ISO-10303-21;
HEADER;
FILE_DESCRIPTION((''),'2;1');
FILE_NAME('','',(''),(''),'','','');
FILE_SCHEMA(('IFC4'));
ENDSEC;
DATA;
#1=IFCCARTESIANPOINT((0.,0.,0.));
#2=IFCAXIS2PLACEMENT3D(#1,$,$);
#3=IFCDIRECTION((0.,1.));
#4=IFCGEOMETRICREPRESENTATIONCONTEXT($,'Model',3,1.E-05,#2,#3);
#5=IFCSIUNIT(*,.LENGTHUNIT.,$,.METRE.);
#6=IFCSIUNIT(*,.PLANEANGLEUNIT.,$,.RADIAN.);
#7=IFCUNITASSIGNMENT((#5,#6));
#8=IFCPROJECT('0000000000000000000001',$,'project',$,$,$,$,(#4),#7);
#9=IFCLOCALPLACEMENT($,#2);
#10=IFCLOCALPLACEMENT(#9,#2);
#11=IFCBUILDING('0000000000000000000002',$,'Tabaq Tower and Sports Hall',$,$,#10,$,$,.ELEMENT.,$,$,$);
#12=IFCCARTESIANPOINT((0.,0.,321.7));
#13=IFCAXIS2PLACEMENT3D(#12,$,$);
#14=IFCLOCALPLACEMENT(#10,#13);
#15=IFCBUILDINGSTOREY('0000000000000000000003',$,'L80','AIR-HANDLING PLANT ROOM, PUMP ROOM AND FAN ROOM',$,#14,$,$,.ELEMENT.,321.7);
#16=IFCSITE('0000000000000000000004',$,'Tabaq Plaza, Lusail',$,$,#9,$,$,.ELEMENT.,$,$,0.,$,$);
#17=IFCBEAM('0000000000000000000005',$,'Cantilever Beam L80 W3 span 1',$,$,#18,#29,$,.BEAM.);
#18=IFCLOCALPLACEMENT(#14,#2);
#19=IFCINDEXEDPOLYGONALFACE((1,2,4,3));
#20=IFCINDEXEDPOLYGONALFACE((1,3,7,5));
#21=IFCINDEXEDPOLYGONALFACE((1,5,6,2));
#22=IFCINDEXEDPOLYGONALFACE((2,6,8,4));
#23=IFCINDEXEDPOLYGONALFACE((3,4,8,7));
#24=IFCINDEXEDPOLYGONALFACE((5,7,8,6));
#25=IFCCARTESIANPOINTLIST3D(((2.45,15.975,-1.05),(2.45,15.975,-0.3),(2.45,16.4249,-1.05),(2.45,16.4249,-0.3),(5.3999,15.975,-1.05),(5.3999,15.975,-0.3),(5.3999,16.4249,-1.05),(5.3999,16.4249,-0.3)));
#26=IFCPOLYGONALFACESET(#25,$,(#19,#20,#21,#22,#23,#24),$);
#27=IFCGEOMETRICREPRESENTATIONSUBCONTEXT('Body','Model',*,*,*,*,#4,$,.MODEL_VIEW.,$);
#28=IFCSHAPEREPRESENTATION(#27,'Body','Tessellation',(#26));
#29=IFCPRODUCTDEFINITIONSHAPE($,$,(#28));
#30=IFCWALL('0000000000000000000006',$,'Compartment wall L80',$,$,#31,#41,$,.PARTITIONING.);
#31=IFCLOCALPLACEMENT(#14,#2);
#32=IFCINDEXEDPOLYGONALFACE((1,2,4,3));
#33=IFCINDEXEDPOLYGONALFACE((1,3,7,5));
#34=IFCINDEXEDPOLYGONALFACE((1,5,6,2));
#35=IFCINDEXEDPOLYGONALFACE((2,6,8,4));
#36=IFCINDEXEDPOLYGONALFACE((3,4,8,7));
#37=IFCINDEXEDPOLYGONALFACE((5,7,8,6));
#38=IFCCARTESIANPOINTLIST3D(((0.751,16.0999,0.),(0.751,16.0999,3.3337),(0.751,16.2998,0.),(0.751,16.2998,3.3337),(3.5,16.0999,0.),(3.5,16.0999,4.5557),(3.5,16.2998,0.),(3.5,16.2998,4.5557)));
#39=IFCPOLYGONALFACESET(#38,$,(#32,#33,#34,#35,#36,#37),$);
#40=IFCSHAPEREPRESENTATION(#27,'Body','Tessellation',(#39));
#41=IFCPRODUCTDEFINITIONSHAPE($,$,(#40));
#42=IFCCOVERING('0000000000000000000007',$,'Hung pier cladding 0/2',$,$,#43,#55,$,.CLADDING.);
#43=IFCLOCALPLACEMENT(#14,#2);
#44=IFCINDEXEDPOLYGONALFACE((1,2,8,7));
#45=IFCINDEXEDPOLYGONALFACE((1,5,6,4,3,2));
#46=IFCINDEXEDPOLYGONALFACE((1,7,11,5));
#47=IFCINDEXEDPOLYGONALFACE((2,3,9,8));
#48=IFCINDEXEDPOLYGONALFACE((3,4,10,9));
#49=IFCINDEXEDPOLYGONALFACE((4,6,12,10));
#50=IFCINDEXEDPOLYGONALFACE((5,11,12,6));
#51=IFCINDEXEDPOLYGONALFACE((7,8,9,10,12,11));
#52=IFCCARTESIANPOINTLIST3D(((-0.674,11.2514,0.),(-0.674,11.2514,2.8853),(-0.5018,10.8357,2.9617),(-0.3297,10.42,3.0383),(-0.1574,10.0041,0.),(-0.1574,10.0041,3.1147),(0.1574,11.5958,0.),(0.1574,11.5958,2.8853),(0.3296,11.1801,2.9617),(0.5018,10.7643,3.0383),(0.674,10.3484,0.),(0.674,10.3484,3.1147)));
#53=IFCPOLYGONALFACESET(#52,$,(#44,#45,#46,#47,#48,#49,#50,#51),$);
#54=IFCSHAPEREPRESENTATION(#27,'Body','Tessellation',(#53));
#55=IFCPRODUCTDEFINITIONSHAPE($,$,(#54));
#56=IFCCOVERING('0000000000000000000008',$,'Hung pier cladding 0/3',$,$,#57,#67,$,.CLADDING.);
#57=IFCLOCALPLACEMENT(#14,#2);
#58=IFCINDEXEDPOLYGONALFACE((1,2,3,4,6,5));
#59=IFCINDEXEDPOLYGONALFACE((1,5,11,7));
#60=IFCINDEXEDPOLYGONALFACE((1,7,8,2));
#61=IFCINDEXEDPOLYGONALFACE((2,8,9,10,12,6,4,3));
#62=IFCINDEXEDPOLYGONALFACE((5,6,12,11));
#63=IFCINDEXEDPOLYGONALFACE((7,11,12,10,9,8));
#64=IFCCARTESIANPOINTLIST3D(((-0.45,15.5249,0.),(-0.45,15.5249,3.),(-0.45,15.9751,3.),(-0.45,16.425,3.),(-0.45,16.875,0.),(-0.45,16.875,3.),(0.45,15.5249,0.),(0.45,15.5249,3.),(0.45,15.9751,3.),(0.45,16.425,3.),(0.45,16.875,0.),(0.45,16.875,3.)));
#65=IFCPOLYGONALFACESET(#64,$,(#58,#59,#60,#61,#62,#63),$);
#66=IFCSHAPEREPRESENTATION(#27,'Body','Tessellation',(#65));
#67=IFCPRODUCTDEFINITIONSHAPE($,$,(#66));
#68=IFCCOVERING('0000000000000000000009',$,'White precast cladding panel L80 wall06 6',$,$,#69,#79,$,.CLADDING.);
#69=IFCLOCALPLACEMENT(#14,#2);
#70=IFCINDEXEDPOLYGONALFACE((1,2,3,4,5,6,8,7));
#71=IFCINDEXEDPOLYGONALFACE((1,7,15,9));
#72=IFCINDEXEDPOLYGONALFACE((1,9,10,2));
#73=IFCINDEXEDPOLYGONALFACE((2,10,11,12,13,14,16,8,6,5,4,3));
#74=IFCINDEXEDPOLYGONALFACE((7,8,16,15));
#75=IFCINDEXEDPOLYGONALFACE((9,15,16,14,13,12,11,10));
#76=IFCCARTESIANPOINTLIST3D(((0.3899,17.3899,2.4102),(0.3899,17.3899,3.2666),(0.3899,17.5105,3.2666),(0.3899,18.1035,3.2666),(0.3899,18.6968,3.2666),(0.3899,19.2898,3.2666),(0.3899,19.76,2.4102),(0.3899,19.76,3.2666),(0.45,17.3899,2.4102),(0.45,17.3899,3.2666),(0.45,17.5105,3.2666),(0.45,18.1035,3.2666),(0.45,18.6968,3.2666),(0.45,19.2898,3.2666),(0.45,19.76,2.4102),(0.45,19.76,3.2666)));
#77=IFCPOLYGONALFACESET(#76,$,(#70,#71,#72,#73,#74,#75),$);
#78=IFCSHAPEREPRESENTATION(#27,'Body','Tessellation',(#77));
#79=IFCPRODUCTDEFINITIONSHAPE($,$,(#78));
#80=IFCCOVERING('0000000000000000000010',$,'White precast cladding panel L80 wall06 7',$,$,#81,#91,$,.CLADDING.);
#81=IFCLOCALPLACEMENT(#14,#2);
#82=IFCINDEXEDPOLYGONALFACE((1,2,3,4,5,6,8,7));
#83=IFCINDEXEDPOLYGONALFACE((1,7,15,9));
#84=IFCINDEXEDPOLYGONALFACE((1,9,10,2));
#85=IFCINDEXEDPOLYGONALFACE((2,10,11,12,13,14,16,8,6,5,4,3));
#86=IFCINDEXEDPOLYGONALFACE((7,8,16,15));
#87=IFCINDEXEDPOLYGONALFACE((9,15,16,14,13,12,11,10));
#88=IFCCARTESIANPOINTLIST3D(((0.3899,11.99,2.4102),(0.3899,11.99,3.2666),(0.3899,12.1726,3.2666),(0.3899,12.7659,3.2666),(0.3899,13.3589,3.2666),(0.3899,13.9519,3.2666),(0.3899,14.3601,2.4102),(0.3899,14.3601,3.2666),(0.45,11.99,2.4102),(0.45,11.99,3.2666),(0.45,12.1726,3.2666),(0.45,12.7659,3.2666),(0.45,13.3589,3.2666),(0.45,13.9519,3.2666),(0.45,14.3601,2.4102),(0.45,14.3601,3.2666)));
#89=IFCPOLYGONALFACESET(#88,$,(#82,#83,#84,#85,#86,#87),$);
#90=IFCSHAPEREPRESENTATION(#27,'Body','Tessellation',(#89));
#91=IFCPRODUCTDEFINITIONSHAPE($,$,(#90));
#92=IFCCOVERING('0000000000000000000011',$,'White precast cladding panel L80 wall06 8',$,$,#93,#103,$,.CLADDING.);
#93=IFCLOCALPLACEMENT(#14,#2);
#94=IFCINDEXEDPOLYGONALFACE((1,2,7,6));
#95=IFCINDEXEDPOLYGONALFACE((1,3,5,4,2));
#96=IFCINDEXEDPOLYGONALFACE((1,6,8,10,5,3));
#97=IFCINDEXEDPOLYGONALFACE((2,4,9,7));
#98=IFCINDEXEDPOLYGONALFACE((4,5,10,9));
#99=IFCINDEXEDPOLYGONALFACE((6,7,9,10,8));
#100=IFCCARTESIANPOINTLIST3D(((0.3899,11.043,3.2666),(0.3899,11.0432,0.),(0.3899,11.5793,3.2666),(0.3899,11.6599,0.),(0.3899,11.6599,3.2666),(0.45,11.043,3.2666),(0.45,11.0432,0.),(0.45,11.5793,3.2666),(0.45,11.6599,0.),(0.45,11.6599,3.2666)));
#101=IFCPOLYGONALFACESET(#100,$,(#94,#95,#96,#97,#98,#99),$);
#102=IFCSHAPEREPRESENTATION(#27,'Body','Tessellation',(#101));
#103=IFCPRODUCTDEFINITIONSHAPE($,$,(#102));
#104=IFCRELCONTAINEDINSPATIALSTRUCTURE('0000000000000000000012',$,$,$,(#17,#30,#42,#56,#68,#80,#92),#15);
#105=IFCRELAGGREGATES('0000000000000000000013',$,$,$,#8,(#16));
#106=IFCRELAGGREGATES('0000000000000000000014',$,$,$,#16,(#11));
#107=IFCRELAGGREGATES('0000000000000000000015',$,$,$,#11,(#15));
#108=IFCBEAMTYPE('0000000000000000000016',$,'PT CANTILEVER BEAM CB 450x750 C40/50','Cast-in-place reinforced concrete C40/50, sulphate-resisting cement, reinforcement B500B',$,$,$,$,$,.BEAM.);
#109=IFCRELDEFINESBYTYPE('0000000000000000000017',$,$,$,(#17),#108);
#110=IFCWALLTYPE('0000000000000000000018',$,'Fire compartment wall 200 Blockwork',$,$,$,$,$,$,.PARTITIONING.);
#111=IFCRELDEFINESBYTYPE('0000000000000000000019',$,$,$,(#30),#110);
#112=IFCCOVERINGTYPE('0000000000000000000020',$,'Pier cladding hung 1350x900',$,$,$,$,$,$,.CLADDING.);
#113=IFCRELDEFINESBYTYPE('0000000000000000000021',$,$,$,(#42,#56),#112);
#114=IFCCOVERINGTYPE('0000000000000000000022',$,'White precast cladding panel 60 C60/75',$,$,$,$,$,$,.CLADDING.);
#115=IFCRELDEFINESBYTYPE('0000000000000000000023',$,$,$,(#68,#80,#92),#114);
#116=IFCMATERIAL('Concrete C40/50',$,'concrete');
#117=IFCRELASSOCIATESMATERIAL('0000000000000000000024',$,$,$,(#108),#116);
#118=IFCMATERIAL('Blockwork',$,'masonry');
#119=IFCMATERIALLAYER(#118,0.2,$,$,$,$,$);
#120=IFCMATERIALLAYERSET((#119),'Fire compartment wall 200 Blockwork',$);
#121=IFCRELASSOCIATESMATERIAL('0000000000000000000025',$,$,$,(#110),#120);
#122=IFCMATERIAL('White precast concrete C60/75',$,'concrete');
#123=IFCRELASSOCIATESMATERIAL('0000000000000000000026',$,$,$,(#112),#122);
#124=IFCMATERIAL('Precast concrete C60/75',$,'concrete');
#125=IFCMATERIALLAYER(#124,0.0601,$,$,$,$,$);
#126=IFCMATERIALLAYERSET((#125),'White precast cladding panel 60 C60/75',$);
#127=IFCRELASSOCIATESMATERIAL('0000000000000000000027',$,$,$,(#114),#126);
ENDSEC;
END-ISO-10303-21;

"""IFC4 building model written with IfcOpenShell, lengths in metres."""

from ifc_helpers import new_model, si_unit, direction, frame, origin, origin_2d, place, context, subcontext, project, spatial, polyline, rectangle, outline, extrude, material, layer, layer_set, material_profile, profile_set, type_object, element, save


model = new_model("IFC4")

# Units and contexts
model_context = context("Model", 3, precision=1e-05, world=origin(), true_north=direction((0.0, 1.0)))
body_context = subcontext(model_context, "Body", "Model", "MODEL_VIEW")
ifc_project = project(units=[si_unit("LENGTHUNIT", "METRE"), si_unit("PLANEANGLEUNIT", "RADIAN")], contexts=[model_context])

# Site, building, storey
site_placement = place(None, origin())
site = spatial("IfcSite", under=ifc_project, at=site_placement, Name="Tabaq Plaza, Lusail", CompositionType="ELEMENT", RefElevation=0.0)
building_placement = place(site_placement, origin())
building = spatial("IfcBuilding", under=site, at=building_placement, Name="Tabaq Tower and Sports Hall", CompositionType="ELEMENT")
storey_placement = place(building_placement, frame((0.0, 0.0, 321.7)))
storey = spatial("IfcBuildingStorey", under=building, at=storey_placement, Name="L80", Description="AIR-HANDLING PLANT ROOM, PUMP ROOM AND FAN ROOM", CompositionType="ELEMENT", Elevation=321.7)

# Beam
ifc_material_1 = material(Name="Concrete C40/50", Category="concrete")
ifc_material_profile = material_profile(ifc_material_1, rectangle(XDim=0.45, YDim=0.75, at=origin_2d()), Name="CB 450x750")
ifc_profile_set = profile_set([ifc_material_profile], Name="Concrete C40/50")
beam_type = type_object("IfcBeamType", Name="PT CANTILEVER BEAM CB 450x750 C40/50", Description="Cast-in-place reinforced concrete C40/50, sulphate-resisting cement, reinforcement B500B", PredefinedType="BEAM", material=ifc_profile_set)
beam_placement = place(storey_placement, frame((2.45, 16.2, -0.675), z_axis=(1.0, 0.0, 0.0), x_axis=(0.0, 1.0, 0.0)))
element("IfcBeam", 1, at=beam_placement, inside=storey, type_object=beam_type, Name="Cantilever Beam L80 W3 span 1", PredefinedType="BEAM", context=body_context, shape_type="SweptSolid", body=[
    extrude(rectangle(XDim=0.45, YDim=0.75, at=origin_2d()), origin(), (0.0, 0.0, 1.0), 2.95),
])

# Wall
ifc_material_2 = material(Name="Blockwork", Category="masonry")
ifc_layer_1 = layer(ifc_material_2, 0.2)
ifc_layer_set_1 = layer_set([ifc_layer_1], Name="Fire compartment wall 200 Blockwork")
wall_type = type_object("IfcWallType", Name="Fire compartment wall 200 Blockwork", PredefinedType="PARTITIONING", material=ifc_layer_set_1)
wall_placement = place(storey_placement, frame((3.5, 16.2, 0.0), z_axis=(0.0, 0.0, 1.0), x_axis=(-1.0, 0.0, 0.0)))
element("IfcWall", 2, at=wall_placement, inside=storey, type_object=wall_type, Name="Compartment wall L80", PredefinedType="PARTITIONING", context=body_context, shape_type="SweptSolid", body=[
    extrude(outline(polyline([(0.0, 0.0), (2.749, 0.0), (2.749, 3.3337), (0.0, 4.5557), (0.0, 0.0)])), frame((0.0, 0.1001, 0.0), z_axis=(0.0, -1.0, 0.0), x_axis=(1.0, 0.0, 0.0)), (0.0, 0.0, 1.0), 0.2),
])

# Coverings
ifc_material_3 = material(Name="White precast concrete C60/75", Category="concrete")
covering_type_1 = type_object("IfcCoveringType", Name="Pier cladding hung 1350x900", PredefinedType="CLADDING", material=ifc_material_3)
covering_1_placement = place(storey_placement, frame((-0.2583, 11.4236, 0.0), z_axis=(0.0, 0.0, 1.0), x_axis=(0.38265, -0.923893, 0.0)))
element("IfcCovering", 3, at=covering_1_placement, inside=storey, type_object=covering_type_1, Name="Hung pier cladding 0/2", PredefinedType="CLADDING", context=body_context, shape_type="SweptSolid", body=[
    extrude(outline(polyline([(0.0, 0.0), (1.3501, 0.0), (1.3501, 3.1147), (0.8999, 3.0383), (0.45, 2.9617), (0.0, 2.8853), (0.0, 0.0)])), frame((0.0, 0.45, 0.0), z_axis=(0.0, -1.0, 0.0), x_axis=(1.0, 0.0, 0.0)), (0.0, 0.0, 1.0), 0.8999),
])
covering_2_placement = place(storey_placement, frame((0.0, 16.875, 0.0), z_axis=(0.0, 0.0, 1.0), x_axis=(0.0, -1.0, 0.0)))
element("IfcCovering", 4, at=covering_2_placement, inside=storey, type_object=covering_type_1, Name="Hung pier cladding 0/3", PredefinedType="CLADDING", context=body_context, shape_type="SweptSolid", body=[
    extrude(outline(polyline([(0.0, 0.0), (1.3501, 0.0), (1.3501, 3.0), (0.8999, 3.0), (0.45, 3.0), (0.0, 3.0), (0.0, 0.0)])), frame((0.0, 0.45, 0.0), z_axis=(0.0, -1.0, 0.0), x_axis=(1.0, 0.0, 0.0)), (0.0, 0.0, 1.0), 0.8999),
])
ifc_material_4 = material(Name="Precast concrete C60/75", Category="concrete")
ifc_layer_2 = layer(ifc_material_4, 0.0601)
ifc_layer_set_2 = layer_set([ifc_layer_2], Name="White precast cladding panel 60 C60/75")
covering_type_2 = type_object("IfcCoveringType", Name="White precast cladding panel 60 C60/75", PredefinedType="CLADDING", material=ifc_layer_set_2)
covering_3_placement = place(storey_placement, frame((0.4199, 19.76, 2.4102), z_axis=(0.0, 0.0, 1.0), x_axis=(0.0, -1.0, 0.0)))
element("IfcCovering", 5, at=covering_3_placement, inside=storey, type_object=covering_type_2, Name="White precast cladding panel L80 wall06 6", PredefinedType="CLADDING", context=body_context, shape_type="SweptSolid", body=[
    extrude(outline(polyline([(0.0, 0.0), (2.3701, 0.0), (2.3701, 0.8564), (2.2495, 0.8564), (1.6565, 0.8564), (1.0632, 0.8564), (0.4702, 0.8564), (0.0, 0.8564), (0.0, 0.0)])), frame((0.0, 0.03, 0.0), z_axis=(0.0, -1.0, 0.0), x_axis=(1.0, 0.0, 0.0)), (0.0, 0.0, 1.0), 0.0601),
])
covering_4_placement = place(storey_placement, frame((0.4199, 14.3601, 2.4102), z_axis=(0.0, 0.0, 1.0), x_axis=(0.0, -1.0, 0.0)))
element("IfcCovering", 6, at=covering_4_placement, inside=storey, type_object=covering_type_2, Name="White precast cladding panel L80 wall06 7", PredefinedType="CLADDING", context=body_context, shape_type="SweptSolid", body=[
    extrude(outline(polyline([(0.0, 0.0), (2.3701, 0.0), (2.3701, 0.8564), (2.1875, 0.8564), (1.5942, 0.8564), (1.0012, 0.8564), (0.4082, 0.8564), (0.0, 0.8564), (0.0, 0.0)])), frame((0.0, 0.03, 0.0), z_axis=(0.0, -1.0, 0.0), x_axis=(1.0, 0.0, 0.0)), (0.0, 0.0, 1.0), 0.0601),
])
covering_5_placement = place(storey_placement, frame((0.4199, 11.6599, 0.0), z_axis=(0.0, 0.0, 1.0), x_axis=(0.0, -1.0, 0.0)))
element("IfcCovering", 7, at=covering_5_placement, inside=storey, type_object=covering_type_2, Name="White precast cladding panel L80 wall06 8", PredefinedType="CLADDING", context=body_context, shape_type="SweptSolid", body=[
    extrude(outline(polyline([(0.0, 0.0), (0.6167, 0.0), (0.6169, 3.2666), (0.0806, 3.2666), (0.0, 3.2666), (0.0, 0.0)])), frame((0.0, 0.03, 0.0), z_axis=(0.0, -1.0, 0.0), x_axis=(1.0, 0.0, 0.0)), (0.0, 0.0, 1.0), 0.0601),
])

save(model, "model.ifc")
